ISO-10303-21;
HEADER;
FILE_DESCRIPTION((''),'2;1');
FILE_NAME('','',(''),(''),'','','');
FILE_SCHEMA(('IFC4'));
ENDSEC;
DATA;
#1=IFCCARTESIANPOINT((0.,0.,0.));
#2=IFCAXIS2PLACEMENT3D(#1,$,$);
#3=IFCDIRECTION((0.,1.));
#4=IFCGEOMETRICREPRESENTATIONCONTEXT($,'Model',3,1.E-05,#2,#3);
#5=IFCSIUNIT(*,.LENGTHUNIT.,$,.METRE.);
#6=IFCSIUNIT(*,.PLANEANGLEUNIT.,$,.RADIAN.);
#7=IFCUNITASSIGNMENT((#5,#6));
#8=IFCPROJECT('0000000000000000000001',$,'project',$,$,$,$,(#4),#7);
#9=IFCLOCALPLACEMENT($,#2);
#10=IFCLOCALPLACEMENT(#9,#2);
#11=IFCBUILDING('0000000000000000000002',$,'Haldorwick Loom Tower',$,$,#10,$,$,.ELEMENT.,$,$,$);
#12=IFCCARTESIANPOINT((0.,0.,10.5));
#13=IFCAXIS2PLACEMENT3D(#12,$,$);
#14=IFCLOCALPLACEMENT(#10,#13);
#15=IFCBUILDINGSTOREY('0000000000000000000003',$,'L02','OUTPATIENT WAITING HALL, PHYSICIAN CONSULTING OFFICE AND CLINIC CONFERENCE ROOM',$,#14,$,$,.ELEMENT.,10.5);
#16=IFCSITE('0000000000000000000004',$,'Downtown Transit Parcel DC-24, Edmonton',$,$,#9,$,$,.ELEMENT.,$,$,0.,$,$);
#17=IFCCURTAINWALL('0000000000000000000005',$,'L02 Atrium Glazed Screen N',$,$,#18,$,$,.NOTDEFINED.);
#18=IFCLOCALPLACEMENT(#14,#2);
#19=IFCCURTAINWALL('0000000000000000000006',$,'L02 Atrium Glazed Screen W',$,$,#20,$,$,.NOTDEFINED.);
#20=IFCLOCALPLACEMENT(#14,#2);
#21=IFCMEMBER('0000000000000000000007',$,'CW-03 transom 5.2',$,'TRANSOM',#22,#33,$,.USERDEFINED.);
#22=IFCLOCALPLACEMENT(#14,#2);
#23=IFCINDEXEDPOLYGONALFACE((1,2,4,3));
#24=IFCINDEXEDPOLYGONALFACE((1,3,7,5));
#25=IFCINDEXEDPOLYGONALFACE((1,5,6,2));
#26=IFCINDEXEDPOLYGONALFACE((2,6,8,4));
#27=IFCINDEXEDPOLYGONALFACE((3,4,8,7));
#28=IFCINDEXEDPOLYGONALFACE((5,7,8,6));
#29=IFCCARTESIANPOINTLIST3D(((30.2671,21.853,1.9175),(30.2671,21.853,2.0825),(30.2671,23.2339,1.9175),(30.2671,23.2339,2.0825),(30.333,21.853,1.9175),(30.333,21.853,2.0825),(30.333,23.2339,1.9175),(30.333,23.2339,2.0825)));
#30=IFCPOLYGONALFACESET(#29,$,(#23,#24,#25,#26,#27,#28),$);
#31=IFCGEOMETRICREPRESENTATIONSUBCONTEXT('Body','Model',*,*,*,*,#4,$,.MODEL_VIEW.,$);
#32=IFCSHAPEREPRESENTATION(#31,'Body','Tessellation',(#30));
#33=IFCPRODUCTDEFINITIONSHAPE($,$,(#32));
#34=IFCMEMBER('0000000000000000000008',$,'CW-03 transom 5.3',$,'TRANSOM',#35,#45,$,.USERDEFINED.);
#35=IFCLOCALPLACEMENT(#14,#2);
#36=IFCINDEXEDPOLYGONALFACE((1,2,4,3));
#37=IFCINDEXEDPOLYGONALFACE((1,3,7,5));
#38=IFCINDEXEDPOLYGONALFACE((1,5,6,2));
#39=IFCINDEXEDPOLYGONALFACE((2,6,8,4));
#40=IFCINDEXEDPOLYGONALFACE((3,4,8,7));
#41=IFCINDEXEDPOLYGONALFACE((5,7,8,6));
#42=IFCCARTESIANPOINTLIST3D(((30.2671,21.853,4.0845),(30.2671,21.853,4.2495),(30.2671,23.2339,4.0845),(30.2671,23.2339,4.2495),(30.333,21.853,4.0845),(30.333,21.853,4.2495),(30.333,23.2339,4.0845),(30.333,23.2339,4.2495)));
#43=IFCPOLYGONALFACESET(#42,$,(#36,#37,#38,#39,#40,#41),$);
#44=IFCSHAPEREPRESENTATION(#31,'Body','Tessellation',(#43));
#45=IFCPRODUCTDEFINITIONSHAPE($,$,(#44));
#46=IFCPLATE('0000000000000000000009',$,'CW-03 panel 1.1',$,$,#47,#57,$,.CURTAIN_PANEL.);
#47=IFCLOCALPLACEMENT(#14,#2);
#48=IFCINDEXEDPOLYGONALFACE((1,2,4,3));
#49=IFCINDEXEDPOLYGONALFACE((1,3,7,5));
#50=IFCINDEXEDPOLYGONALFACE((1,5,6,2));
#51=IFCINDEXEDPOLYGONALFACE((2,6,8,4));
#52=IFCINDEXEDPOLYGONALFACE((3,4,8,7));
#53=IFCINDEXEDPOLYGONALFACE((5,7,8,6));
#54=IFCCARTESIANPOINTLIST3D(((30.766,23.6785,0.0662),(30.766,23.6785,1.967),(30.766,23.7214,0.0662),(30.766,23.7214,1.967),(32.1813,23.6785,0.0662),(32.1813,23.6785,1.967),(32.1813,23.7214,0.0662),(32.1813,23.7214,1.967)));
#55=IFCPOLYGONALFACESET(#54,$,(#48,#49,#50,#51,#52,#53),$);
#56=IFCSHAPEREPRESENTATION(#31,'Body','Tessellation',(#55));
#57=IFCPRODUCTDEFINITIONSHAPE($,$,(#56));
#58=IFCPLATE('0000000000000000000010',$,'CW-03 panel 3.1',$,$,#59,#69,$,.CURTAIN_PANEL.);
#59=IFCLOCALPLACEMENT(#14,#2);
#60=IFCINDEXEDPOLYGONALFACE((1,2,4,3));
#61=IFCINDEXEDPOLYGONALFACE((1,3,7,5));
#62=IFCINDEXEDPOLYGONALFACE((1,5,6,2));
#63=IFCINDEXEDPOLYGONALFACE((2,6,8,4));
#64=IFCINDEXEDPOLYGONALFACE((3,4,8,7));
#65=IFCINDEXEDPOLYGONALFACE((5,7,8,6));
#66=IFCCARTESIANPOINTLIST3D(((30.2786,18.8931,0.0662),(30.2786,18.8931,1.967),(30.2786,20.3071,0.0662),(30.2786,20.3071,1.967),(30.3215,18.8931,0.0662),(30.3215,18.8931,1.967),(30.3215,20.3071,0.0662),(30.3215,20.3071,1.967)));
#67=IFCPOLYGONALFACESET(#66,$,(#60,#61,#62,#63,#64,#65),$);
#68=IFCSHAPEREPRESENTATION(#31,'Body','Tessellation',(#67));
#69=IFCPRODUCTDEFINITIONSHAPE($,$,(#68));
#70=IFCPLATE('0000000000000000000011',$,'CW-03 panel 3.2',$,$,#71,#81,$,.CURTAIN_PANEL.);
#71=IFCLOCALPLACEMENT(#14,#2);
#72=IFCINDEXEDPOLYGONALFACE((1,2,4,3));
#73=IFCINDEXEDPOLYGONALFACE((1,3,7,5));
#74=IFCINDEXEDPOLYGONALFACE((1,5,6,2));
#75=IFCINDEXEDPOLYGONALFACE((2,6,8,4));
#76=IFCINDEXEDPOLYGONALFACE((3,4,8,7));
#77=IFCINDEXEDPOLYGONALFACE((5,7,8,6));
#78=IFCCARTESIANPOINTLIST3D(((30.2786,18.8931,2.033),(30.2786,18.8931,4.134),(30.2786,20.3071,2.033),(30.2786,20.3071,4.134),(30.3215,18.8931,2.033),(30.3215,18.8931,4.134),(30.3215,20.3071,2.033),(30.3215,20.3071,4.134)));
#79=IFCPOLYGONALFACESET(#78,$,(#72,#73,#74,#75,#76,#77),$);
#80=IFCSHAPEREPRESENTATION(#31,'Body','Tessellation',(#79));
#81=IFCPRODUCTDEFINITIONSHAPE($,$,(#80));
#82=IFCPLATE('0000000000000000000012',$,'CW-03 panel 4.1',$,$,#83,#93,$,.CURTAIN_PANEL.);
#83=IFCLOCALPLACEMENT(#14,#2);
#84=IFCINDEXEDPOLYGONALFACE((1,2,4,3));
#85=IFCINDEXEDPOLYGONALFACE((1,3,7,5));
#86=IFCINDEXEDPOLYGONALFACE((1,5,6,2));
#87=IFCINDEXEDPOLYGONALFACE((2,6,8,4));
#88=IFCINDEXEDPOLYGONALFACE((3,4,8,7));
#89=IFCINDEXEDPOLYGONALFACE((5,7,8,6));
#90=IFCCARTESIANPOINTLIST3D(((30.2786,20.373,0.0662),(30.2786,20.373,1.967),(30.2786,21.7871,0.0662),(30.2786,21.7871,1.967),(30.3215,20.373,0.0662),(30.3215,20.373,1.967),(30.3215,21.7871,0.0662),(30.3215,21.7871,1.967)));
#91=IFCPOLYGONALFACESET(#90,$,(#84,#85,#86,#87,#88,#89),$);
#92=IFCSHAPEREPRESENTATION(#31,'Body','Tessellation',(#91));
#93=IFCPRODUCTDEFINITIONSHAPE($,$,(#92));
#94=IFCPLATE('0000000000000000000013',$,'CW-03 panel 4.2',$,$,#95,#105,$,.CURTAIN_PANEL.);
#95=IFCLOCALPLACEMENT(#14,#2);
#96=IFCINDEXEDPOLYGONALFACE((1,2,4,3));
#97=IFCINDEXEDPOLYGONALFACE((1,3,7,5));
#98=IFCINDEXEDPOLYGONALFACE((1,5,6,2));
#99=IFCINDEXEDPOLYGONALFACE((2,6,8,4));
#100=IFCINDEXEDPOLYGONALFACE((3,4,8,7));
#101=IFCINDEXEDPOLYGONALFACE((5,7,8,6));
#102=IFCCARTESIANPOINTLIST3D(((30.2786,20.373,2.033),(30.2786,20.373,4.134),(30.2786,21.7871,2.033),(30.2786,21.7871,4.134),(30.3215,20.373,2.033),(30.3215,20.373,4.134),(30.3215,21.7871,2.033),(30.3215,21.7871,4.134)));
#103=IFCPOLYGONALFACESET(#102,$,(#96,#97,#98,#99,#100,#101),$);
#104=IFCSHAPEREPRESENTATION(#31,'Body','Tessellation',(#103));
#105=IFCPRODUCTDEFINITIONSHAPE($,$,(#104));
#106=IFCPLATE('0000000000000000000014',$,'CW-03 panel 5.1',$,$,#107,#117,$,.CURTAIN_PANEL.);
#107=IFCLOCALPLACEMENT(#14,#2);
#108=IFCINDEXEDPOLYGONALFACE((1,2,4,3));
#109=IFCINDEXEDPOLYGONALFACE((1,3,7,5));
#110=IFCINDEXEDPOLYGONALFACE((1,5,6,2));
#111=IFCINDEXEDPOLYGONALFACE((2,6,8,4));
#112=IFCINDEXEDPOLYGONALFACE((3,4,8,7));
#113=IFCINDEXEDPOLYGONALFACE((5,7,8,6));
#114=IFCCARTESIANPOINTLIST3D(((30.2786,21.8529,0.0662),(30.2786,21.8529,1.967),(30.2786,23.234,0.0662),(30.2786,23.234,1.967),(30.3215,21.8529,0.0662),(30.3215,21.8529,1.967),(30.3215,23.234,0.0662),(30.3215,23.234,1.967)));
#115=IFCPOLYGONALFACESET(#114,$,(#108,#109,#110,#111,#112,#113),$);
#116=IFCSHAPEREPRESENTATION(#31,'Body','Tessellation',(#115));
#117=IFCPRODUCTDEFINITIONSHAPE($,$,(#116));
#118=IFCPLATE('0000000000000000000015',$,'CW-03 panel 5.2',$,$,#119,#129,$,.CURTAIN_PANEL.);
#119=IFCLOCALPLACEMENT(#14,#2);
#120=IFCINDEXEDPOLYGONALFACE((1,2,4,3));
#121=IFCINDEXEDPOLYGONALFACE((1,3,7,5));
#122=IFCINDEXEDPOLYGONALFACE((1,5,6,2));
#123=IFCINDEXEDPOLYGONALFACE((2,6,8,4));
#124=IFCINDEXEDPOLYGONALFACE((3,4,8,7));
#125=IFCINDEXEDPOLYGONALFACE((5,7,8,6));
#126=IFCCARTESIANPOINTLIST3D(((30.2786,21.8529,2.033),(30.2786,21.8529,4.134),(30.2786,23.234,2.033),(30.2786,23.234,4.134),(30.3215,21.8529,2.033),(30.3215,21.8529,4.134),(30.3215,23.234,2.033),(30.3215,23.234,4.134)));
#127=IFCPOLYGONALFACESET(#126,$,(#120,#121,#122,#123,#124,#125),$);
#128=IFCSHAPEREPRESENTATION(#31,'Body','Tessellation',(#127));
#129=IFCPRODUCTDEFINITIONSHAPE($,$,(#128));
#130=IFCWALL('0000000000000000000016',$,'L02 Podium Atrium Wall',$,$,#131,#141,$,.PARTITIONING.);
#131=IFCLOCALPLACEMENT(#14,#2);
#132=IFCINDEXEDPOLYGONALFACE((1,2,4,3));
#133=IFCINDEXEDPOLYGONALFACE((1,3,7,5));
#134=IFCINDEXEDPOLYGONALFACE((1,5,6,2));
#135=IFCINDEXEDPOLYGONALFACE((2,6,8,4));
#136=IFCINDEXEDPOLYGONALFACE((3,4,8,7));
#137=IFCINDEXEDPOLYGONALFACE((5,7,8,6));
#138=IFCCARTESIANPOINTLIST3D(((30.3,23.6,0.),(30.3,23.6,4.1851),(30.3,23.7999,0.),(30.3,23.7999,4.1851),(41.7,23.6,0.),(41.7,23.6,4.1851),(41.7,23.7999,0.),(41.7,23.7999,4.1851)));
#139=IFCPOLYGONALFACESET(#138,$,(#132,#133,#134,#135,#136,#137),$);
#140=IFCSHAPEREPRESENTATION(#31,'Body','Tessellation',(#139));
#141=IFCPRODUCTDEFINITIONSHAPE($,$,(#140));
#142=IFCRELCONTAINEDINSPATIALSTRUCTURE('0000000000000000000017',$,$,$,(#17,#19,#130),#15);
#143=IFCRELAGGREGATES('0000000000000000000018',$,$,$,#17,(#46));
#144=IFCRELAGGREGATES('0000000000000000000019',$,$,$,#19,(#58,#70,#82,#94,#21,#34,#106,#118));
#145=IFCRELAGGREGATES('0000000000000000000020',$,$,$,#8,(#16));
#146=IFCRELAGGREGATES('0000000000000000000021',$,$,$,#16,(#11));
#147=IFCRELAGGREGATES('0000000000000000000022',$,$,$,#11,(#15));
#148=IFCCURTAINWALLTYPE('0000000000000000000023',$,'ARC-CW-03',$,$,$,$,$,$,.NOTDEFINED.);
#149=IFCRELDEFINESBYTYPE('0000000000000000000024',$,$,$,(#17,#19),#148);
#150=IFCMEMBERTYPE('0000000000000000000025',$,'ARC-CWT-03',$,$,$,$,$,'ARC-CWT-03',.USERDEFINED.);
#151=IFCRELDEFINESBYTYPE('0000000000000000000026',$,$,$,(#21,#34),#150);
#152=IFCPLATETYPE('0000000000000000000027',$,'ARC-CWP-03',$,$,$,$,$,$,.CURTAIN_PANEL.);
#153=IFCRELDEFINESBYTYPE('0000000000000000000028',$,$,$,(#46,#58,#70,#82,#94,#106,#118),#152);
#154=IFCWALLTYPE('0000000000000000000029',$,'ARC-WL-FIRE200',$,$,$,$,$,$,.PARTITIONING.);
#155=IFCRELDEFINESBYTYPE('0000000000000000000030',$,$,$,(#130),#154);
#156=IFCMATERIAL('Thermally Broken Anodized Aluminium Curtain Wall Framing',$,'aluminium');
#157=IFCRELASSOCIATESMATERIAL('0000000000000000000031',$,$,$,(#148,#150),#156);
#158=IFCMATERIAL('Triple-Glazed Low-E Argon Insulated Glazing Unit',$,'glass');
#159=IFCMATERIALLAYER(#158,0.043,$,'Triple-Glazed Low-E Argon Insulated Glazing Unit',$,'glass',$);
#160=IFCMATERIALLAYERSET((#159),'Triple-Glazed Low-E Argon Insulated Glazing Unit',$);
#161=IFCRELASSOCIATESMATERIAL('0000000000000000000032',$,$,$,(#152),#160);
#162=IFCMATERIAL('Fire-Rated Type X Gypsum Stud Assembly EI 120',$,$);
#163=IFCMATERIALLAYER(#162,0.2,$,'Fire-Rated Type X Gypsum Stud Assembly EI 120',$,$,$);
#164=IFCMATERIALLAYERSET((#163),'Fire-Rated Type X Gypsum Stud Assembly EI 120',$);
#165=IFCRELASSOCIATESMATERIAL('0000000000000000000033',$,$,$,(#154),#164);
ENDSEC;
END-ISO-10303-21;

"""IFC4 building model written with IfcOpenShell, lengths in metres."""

from ifc_helpers import new_model, si_unit, direction, frame, frame_2d, origin, origin_2d, place, context, subcontext, project, spatial, rectangle, extrude, material, layer, layer_set, material_profile, profile_set, type_object, element, aggregate, save


model = new_model("IFC4")

# Units and contexts
model_context = context("Model", 3, precision=1e-05, world=origin(), true_north=direction((0.0, 1.0)))
body_context = subcontext(model_context, "Body", "Model", "MODEL_VIEW")
ifc_project = project(units=[si_unit("LENGTHUNIT", "METRE"), si_unit("PLANEANGLEUNIT", "RADIAN")], contexts=[model_context])

# Site, building, storey
site_placement = place(None, origin())
site = spatial("IfcSite", under=ifc_project, at=site_placement, Name="Downtown Transit Parcel DC-24, Edmonton", CompositionType="ELEMENT", RefElevation=0.0)
building_placement = place(site_placement, origin())
building = spatial("IfcBuilding", under=site, at=building_placement, Name="Haldorwick Loom Tower", CompositionType="ELEMENT")
storey_placement = place(building_placement, frame((0.0, 0.0, 10.5)))
storey = spatial("IfcBuildingStorey", under=building, at=storey_placement, Name="L02", Description="OUTPATIENT WAITING HALL, PHYSICIAN CONSULTING OFFICE AND CLINIC CONFERENCE ROOM", CompositionType="ELEMENT", Elevation=10.5)

# Curtain wall
ifc_material_1 = material(Name="Thermally Broken Anodized Aluminium Curtain Wall Framing", Category="aluminium")
curtain_wall_type = type_object("IfcCurtainWallType", Name="ARC-CW-03", PredefinedType="NOTDEFINED", material=ifc_material_1)
curtain_wall_1_placement = place(storey_placement, origin())
curtain_wall_1 = element("IfcCurtainWall", 1, at=curtain_wall_1_placement, inside=storey, type_object=curtain_wall_type, Name="L02 Atrium Glazed Screen N", PredefinedType="NOTDEFINED")

# Curtain wall
curtain_wall_2_placement = place(storey_placement, origin())
curtain_wall_2 = element("IfcCurtainWall", 2, at=curtain_wall_2_placement, inside=storey, type_object=curtain_wall_type, Name="L02 Atrium Glazed Screen W", PredefinedType="NOTDEFINED")

# Members
ifc_material_profile_1 = material_profile(ifc_material_1, rectangle(XDim=0.0659, YDim=0.165, at=origin_2d()), Name="ALU_TRN_66X165", Category="aluminium")
ifc_profile_set_1 = profile_set([ifc_material_profile_1], Name="Thermally Broken Anodized Aluminium Curtain Wall Framing")
member_type_1 = type_object("IfcMemberType", Name="ARC-CWT-03", ElementType="ARC-CWT-03", PredefinedType="USERDEFINED", material=ifc_profile_set_1)
member_1_placement = place(storey_placement, frame((30.3, 21.853, 2.0), z_axis=(0.0, 1.0, 0.0), x_axis=(-1.0, 0.0, 0.0)))
member_1 = element("IfcMember", 3, at=member_1_placement, type_object=member_type_1, Name="CW-03 transom 5.2", ObjectType="TRANSOM", PredefinedType="USERDEFINED", context=body_context, shape_type="SweptSolid", body=[
    extrude(rectangle(XDim=0.0659, YDim=0.165, at=origin_2d()), origin(), (0.0, 0.0, 1.0), 1.3809),
])
member_2_placement = place(storey_placement, frame((30.3, 21.853, 4.167), z_axis=(0.0, 1.0, 0.0), x_axis=(-1.0, 0.0, 0.0)))
member_2 = element("IfcMember", 4, at=member_2_placement, type_object=member_type_1, Name="CW-03 transom 5.3", ObjectType="TRANSOM", PredefinedType="USERDEFINED", context=body_context, shape_type="SweptSolid", body=[
    extrude(rectangle(XDim=0.0659, YDim=0.165, at=origin_2d()), origin(), (0.0, 0.0, 1.0), 1.3809),
])

# Plates
ifc_material_2 = material(Name="Triple-Glazed Low-E Argon Insulated Glazing Unit", Category="glass")
ifc_layer_1 = layer(ifc_material_2, 0.043, Name="Triple-Glazed Low-E Argon Insulated Glazing Unit", Category="glass")
ifc_layer_set_1 = layer_set([ifc_layer_1], Name="Triple-Glazed Low-E Argon Insulated Glazing Unit")
plate_type = type_object("IfcPlateType", Name="ARC-CWP-03", PredefinedType="CURTAIN_PANEL", material=ifc_layer_set_1)
plate_1_placement = place(storey_placement, frame((31.4736, 23.7, 0.0662), z_axis=(0.0, 0.0, 1.0), x_axis=(1.0, 0.0, 0.0)))
plate_1 = element("IfcPlate", 5, at=plate_1_placement, type_object=plate_type, Name="CW-03 panel 1.1", PredefinedType="CURTAIN_PANEL", context=body_context, shape_type="SweptSolid", body=[
    extrude(rectangle(XDim=1.4153, YDim=0.043, at=origin_2d()), origin(), (0.0, 0.0, 1.0), 1.9009),
])
aggregate(curtain_wall_1, [plate_1])
plate_2_placement = place(storey_placement, frame((30.3, 19.6001, 0.0662), z_axis=(0.0, 0.0, 1.0), x_axis=(0.0, 1.0, 0.0)))
plate_2 = element("IfcPlate", 6, at=plate_2_placement, type_object=plate_type, Name="CW-03 panel 3.1", PredefinedType="CURTAIN_PANEL", context=body_context, shape_type="SweptSolid", body=[
    extrude(rectangle(XDim=1.4141, YDim=0.043, at=origin_2d()), origin(), (0.0, 0.0, 1.0), 1.9009),
])
plate_3_placement = place(storey_placement, frame((30.3, 19.6001, 2.033), z_axis=(0.0, 0.0, 1.0), x_axis=(0.0, 1.0, 0.0)))
plate_3 = element("IfcPlate", 7, at=plate_3_placement, type_object=plate_type, Name="CW-03 panel 3.2", PredefinedType="CURTAIN_PANEL", context=body_context, shape_type="SweptSolid", body=[
    extrude(rectangle(XDim=1.4141, YDim=0.043, at=origin_2d()), origin(), (0.0, 0.0, 1.0), 2.1011),
])
plate_4_placement = place(storey_placement, frame((30.3, 21.0801, 0.0662), z_axis=(0.0, 0.0, 1.0), x_axis=(0.0, 1.0, 0.0)))
plate_4 = element("IfcPlate", 8, at=plate_4_placement, type_object=plate_type, Name="CW-03 panel 4.1", PredefinedType="CURTAIN_PANEL", context=body_context, shape_type="SweptSolid", body=[
    extrude(rectangle(XDim=1.4141, YDim=0.043, at=origin_2d()), origin(), (0.0, 0.0, 1.0), 1.9009),
])
plate_5_placement = place(storey_placement, frame((30.3, 21.0801, 2.033), z_axis=(0.0, 0.0, 1.0), x_axis=(0.0, 1.0, 0.0)))
plate_5 = element("IfcPlate", 9, at=plate_5_placement, type_object=plate_type, Name="CW-03 panel 4.2", PredefinedType="CURTAIN_PANEL", context=body_context, shape_type="SweptSolid", body=[
    extrude(rectangle(XDim=1.4141, YDim=0.043, at=origin_2d()), origin(), (0.0, 0.0, 1.0), 2.1011),
])
plate_6_placement = place(storey_placement, frame((30.3, 22.5435, 0.0662), z_axis=(0.0, 0.0, 1.0), x_axis=(0.0, 1.0, 0.0)))
plate_6 = element("IfcPlate", 10, at=plate_6_placement, type_object=plate_type, Name="CW-03 panel 5.1", PredefinedType="CURTAIN_PANEL", context=body_context, shape_type="SweptSolid", body=[
    extrude(rectangle(XDim=1.3811, YDim=0.043, at=origin_2d()), origin(), (0.0, 0.0, 1.0), 1.9009),
])
plate_7_placement = place(storey_placement, frame((30.3, 22.5435, 2.033), z_axis=(0.0, 0.0, 1.0), x_axis=(0.0, 1.0, 0.0)))
plate_7 = element("IfcPlate", 11, at=plate_7_placement, type_object=plate_type, Name="CW-03 panel 5.2", PredefinedType="CURTAIN_PANEL", context=body_context, shape_type="SweptSolid", body=[
    extrude(rectangle(XDim=1.3811, YDim=0.043, at=origin_2d()), origin(), (0.0, 0.0, 1.0), 2.1011),
])
aggregate(curtain_wall_2, [plate_2, plate_3, plate_4, plate_5, member_1, member_2, plate_6, plate_7])

# Wall
ifc_material_3 = material(Name="Fire-Rated Type X Gypsum Stud Assembly EI 120")
ifc_layer_2 = layer(ifc_material_3, 0.2, Name="Fire-Rated Type X Gypsum Stud Assembly EI 120")
ifc_layer_set_2 = layer_set([ifc_layer_2], Name="Fire-Rated Type X Gypsum Stud Assembly EI 120")
wall_type = type_object("IfcWallType", Name="ARC-WL-FIRE200", PredefinedType="PARTITIONING", material=ifc_layer_set_2)
wall_placement = place(storey_placement, frame((30.3, 23.7, 0.0), z_axis=(0.0, 0.0, 1.0), x_axis=(1.0, 0.0, 0.0)))
element("IfcWall", 12, at=wall_placement, inside=storey, type_object=wall_type, Name="L02 Podium Atrium Wall", PredefinedType="PARTITIONING", context=body_context, shape_type="SweptSolid", body=[
    extrude(rectangle(XDim=11.3999, YDim=0.2, at=frame_2d((5.7, 0.0))), origin(), (0.0, 0.0, 1.0), 4.1851),
])

save(model, "model.ifc")
